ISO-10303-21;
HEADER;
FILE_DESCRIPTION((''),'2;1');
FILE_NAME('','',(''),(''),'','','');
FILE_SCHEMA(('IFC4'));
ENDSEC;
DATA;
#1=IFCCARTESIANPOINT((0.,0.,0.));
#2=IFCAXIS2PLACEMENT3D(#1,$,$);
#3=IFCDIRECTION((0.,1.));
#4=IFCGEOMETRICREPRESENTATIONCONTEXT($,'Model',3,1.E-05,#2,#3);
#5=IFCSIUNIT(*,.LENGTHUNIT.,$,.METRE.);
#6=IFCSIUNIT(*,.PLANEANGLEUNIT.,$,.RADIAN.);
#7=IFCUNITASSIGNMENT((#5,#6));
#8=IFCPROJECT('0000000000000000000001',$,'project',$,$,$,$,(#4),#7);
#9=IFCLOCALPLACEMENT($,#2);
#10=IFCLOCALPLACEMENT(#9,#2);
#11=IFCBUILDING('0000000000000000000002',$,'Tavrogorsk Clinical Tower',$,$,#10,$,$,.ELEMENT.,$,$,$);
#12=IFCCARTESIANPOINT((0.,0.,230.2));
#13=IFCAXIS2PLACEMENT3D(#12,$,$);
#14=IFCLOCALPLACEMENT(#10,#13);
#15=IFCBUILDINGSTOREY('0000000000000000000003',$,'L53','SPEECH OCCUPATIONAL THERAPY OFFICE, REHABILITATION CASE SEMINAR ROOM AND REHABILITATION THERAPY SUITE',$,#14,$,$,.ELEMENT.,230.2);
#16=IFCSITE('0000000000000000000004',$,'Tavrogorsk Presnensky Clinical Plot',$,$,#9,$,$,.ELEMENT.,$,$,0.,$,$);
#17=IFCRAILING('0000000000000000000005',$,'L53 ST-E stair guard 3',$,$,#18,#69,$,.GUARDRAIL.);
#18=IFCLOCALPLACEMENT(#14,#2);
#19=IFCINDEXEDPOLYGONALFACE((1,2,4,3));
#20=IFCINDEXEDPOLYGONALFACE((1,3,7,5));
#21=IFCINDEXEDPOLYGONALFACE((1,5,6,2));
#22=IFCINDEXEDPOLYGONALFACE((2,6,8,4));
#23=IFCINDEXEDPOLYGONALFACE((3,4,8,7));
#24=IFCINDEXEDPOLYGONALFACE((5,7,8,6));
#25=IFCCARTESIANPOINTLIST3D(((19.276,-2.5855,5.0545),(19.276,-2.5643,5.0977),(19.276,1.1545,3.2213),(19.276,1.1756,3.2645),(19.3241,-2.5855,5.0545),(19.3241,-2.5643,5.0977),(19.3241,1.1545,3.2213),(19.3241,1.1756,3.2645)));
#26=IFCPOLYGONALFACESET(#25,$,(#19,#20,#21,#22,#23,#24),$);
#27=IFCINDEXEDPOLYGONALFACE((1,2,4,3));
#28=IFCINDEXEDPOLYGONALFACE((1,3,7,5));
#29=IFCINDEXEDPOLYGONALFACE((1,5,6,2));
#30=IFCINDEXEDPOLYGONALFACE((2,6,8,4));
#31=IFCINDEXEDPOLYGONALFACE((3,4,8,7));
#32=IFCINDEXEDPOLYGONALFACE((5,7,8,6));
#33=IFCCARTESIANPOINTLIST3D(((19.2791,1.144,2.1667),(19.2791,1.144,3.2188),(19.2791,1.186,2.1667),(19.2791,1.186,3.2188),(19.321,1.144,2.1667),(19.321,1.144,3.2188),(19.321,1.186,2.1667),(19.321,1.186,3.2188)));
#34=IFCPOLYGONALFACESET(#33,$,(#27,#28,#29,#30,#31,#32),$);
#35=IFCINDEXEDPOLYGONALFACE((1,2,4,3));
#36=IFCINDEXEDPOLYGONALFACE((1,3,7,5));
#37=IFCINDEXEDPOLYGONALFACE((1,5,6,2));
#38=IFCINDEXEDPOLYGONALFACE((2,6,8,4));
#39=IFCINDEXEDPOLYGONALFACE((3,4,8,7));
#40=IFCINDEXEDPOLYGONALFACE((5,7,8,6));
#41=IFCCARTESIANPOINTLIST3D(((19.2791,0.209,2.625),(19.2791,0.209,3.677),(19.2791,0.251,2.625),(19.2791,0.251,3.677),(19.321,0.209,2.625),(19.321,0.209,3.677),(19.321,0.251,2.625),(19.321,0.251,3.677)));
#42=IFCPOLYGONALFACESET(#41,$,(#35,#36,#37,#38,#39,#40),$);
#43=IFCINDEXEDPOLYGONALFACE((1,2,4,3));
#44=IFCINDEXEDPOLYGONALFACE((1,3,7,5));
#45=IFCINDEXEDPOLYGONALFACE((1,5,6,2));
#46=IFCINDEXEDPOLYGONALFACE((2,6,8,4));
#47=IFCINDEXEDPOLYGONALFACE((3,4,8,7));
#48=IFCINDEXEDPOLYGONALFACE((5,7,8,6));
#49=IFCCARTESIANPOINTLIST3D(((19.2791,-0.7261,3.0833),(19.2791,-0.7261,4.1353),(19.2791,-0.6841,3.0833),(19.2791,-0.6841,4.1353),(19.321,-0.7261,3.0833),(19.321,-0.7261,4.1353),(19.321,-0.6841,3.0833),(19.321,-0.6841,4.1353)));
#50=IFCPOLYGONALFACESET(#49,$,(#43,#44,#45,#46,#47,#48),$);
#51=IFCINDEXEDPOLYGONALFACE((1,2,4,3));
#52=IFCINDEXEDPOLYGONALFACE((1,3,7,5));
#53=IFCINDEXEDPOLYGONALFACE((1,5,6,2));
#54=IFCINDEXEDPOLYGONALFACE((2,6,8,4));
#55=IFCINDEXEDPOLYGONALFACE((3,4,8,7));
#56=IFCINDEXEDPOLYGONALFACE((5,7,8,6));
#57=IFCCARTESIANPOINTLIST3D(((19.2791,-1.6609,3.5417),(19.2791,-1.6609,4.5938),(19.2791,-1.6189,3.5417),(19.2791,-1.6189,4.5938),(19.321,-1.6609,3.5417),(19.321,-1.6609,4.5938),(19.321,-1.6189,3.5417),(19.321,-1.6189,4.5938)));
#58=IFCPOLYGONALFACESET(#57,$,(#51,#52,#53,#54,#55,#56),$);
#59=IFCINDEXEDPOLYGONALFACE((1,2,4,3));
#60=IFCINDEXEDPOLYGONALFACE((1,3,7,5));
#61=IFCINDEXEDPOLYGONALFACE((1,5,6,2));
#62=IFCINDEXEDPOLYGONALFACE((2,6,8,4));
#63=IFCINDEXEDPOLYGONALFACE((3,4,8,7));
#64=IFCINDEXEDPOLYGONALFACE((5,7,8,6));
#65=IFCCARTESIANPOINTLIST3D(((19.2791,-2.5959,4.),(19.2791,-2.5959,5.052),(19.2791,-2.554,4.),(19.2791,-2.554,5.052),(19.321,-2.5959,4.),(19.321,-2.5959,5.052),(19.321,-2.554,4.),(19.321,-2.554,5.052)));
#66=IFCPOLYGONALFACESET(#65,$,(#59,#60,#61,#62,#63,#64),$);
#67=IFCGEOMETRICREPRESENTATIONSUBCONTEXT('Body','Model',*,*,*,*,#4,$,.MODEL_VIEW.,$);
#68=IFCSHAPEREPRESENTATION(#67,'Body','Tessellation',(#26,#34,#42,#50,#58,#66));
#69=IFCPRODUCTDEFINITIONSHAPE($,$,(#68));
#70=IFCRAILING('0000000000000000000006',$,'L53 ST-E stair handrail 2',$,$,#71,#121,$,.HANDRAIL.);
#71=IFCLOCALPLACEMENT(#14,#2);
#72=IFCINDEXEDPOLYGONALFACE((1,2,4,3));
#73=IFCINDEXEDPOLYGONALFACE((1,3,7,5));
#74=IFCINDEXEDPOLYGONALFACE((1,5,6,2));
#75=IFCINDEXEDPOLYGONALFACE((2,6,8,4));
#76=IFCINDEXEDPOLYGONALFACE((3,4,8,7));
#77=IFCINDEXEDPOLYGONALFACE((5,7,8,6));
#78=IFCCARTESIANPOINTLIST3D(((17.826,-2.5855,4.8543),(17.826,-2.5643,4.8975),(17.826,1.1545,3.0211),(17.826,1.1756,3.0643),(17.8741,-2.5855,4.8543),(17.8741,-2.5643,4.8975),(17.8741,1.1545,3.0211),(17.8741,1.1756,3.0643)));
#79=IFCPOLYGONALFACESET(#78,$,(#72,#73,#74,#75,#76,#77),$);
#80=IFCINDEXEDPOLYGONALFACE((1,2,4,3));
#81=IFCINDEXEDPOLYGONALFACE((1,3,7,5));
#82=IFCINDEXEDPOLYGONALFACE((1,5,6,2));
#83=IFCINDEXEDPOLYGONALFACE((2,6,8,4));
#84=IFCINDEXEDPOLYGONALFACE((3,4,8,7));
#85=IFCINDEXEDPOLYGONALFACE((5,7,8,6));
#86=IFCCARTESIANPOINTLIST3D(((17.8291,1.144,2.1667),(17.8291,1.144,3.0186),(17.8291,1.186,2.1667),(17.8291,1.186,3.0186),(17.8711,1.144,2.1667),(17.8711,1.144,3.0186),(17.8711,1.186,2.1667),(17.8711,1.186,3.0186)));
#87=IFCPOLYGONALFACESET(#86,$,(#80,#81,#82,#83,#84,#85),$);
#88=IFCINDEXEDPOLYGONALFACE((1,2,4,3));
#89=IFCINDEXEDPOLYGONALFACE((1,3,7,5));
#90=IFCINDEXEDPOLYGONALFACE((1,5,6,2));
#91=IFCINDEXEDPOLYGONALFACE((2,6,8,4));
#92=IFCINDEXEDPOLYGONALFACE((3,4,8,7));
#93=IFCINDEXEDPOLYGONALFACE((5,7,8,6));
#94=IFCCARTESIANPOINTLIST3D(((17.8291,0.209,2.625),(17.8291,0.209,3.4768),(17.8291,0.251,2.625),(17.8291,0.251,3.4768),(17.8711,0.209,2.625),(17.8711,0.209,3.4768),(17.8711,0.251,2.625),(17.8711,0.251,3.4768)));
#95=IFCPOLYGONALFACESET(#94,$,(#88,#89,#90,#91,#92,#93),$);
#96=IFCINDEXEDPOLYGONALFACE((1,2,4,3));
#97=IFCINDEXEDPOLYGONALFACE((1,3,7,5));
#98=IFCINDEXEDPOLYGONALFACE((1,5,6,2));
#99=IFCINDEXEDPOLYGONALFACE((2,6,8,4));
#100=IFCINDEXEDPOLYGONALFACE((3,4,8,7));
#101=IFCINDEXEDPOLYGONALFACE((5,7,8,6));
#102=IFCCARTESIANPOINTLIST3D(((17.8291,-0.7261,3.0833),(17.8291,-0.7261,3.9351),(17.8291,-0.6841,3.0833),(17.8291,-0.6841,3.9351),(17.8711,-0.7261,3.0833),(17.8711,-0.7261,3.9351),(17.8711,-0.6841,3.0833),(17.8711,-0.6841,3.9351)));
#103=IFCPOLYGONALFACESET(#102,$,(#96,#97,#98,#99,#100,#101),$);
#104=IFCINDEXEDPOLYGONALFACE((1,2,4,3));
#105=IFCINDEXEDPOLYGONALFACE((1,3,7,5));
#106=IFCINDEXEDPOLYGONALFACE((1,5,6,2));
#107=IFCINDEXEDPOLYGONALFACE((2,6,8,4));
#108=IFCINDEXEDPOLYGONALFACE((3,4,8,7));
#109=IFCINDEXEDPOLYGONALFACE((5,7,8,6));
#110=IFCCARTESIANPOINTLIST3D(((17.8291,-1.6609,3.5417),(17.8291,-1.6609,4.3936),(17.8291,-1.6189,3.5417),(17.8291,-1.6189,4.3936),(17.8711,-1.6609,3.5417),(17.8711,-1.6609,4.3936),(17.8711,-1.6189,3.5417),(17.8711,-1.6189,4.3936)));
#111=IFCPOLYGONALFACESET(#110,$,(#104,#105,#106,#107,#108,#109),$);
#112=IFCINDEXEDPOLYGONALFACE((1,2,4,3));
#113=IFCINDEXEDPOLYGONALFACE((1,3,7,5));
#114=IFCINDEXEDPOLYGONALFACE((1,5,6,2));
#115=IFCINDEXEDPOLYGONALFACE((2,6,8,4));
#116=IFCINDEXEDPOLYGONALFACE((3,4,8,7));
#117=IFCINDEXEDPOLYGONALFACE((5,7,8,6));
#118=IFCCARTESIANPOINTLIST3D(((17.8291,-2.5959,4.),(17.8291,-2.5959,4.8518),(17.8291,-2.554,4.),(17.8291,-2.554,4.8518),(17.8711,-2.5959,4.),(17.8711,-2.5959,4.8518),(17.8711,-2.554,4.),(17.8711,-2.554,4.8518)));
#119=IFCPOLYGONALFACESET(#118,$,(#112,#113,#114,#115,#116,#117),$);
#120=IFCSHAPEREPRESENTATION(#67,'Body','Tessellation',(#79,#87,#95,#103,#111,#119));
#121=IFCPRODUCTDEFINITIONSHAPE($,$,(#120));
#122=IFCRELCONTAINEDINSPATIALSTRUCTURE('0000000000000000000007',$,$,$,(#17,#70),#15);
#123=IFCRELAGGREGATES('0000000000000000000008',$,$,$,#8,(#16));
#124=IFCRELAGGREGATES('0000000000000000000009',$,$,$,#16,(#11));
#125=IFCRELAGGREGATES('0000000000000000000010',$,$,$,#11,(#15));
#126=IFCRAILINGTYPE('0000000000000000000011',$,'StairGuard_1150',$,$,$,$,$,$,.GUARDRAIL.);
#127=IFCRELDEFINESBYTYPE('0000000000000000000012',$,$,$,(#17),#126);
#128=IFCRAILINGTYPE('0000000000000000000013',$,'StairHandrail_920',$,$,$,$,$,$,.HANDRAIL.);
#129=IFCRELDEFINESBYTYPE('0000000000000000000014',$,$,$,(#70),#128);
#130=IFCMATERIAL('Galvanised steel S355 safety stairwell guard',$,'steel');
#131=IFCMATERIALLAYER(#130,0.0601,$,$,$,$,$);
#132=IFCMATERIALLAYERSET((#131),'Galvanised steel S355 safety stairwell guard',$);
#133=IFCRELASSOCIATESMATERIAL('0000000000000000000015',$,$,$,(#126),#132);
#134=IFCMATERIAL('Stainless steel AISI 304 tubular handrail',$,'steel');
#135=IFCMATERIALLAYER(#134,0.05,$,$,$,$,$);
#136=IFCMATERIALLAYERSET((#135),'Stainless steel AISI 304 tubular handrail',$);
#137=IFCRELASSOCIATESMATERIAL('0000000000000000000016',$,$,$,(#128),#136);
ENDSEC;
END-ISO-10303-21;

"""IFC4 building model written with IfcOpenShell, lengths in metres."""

from ifc_helpers import new_model, si_unit, direction, frame, origin, origin_2d, place, context, subcontext, project, spatial, rectangle, extrude, material, layer, layer_set, type_object, element, save


model = new_model("IFC4")

# Units and contexts
model_context = context("Model", 3, precision=1e-05, world=origin(), true_north=direction((0.0, 1.0)))
body_context = subcontext(model_context, "Body", "Model", "MODEL_VIEW")
ifc_project = project(units=[si_unit("LENGTHUNIT", "METRE"), si_unit("PLANEANGLEUNIT", "RADIAN")], contexts=[model_context])

# Site, building, storey
site_placement = place(None, origin())
site = spatial("IfcSite", under=ifc_project, at=site_placement, Name="Tavrogorsk Presnensky Clinical Plot", CompositionType="ELEMENT", RefElevation=0.0)
building_placement = place(site_placement, origin())
building = spatial("IfcBuilding", under=site, at=building_placement, Name="Tavrogorsk Clinical Tower", CompositionType="ELEMENT")
storey_placement = place(building_placement, frame((0.0, 0.0, 230.2)))
storey = spatial("IfcBuildingStorey", under=building, at=storey_placement, Name="L53", Description="SPEECH OCCUPATIONAL THERAPY OFFICE, REHABILITATION CASE SEMINAR ROOM AND REHABILITATION THERAPY SUITE", CompositionType="ELEMENT", Elevation=230.2)

# Railings
ifc_material_1 = material(Name="Galvanised steel S355 safety stairwell guard", Category="steel")
ifc_layer_1 = layer(ifc_material_1, 0.0601)
ifc_layer_set_1 = layer_set([ifc_layer_1], Name="Galvanised steel S355 safety stairwell guard")
railing_type_1 = type_object("IfcRailingType", Name="StairGuard_1150", PredefinedType="GUARDRAIL", material=ifc_layer_set_1)
railing_1_placement = place(storey_placement, frame((19.3, 1.165, 2.1667)))
element("IfcRailing", 1, at=railing_1_placement, inside=storey, type_object=railing_type_1, Name="L53 ST-E stair guard 3", PredefinedType="GUARDRAIL", context=body_context, shape_type="SweptSolid", body=[
    extrude(rectangle(XDim=0.0481, YDim=0.0481, at=origin_2d()), frame((0.0, 0.0, 1.0762), z_axis=(0.0, -0.897928, 0.440142), x_axis=(1.0, 0.0, 0.0)), (0.0, 0.0, 1.0), 4.165),
    extrude(rectangle(XDim=0.042, YDim=0.042, at=origin_2d()), origin(), (0.0, 0.0, 1.0), 1.052),
    extrude(rectangle(XDim=0.042, YDim=0.042, at=origin_2d()), frame((0.0, -0.9351, 0.4583)), (0.0, 0.0, 1.0), 1.052),
    extrude(rectangle(XDim=0.042, YDim=0.042, at=origin_2d()), frame((0.0, -1.8701, 0.9165)), (0.0, 0.0, 1.0), 1.052),
    extrude(rectangle(XDim=0.042, YDim=0.042, at=origin_2d()), frame((0.0, -2.8049, 1.375)), (0.0, 0.0, 1.0), 1.052),
    extrude(rectangle(XDim=0.042, YDim=0.042, at=origin_2d()), frame((0.0, -3.74, 1.8333)), (0.0, 0.0, 1.0), 1.052),
])
ifc_material_2 = material(Name="Stainless steel AISI 304 tubular handrail", Category="steel")
ifc_layer_2 = layer(ifc_material_2, 0.05)
ifc_layer_set_2 = layer_set([ifc_layer_2], Name="Stainless steel AISI 304 tubular handrail")
railing_type_2 = type_object("IfcRailingType", Name="StairHandrail_920", PredefinedType="HANDRAIL", material=ifc_layer_set_2)
railing_2_placement = place(storey_placement, frame((17.8501, 1.165, 2.1667)))
element("IfcRailing", 2, at=railing_2_placement, inside=storey, type_object=railing_type_2, Name="L53 ST-E stair handrail 2", PredefinedType="HANDRAIL", context=body_context, shape_type="SweptSolid", body=[
    extrude(rectangle(XDim=0.0481, YDim=0.0481, at=origin_2d()), frame((0.0, 0.0, 0.876), z_axis=(0.0, -0.897928, 0.440142), x_axis=(1.0, 0.0, 0.0)), (0.0, 0.0, 1.0), 4.165),
    extrude(rectangle(XDim=0.042, YDim=0.042, at=origin_2d()), origin(), (0.0, 0.0, 1.0), 0.8518),
    extrude(rectangle(XDim=0.042, YDim=0.042, at=origin_2d()), frame((0.0, -0.9351, 0.4583)), (0.0, 0.0, 1.0), 0.8518),
    extrude(rectangle(XDim=0.042, YDim=0.042, at=origin_2d()), frame((0.0, -1.8701, 0.9165)), (0.0, 0.0, 1.0), 0.8518),
    extrude(rectangle(XDim=0.042, YDim=0.042, at=origin_2d()), frame((0.0, -2.8049, 1.375)), (0.0, 0.0, 1.0), 0.8518),
    extrude(rectangle(XDim=0.042, YDim=0.042, at=origin_2d()), frame((0.0, -3.74, 1.8333)), (0.0, 0.0, 1.0), 0.8518),
])

save(model, "model.ifc")
